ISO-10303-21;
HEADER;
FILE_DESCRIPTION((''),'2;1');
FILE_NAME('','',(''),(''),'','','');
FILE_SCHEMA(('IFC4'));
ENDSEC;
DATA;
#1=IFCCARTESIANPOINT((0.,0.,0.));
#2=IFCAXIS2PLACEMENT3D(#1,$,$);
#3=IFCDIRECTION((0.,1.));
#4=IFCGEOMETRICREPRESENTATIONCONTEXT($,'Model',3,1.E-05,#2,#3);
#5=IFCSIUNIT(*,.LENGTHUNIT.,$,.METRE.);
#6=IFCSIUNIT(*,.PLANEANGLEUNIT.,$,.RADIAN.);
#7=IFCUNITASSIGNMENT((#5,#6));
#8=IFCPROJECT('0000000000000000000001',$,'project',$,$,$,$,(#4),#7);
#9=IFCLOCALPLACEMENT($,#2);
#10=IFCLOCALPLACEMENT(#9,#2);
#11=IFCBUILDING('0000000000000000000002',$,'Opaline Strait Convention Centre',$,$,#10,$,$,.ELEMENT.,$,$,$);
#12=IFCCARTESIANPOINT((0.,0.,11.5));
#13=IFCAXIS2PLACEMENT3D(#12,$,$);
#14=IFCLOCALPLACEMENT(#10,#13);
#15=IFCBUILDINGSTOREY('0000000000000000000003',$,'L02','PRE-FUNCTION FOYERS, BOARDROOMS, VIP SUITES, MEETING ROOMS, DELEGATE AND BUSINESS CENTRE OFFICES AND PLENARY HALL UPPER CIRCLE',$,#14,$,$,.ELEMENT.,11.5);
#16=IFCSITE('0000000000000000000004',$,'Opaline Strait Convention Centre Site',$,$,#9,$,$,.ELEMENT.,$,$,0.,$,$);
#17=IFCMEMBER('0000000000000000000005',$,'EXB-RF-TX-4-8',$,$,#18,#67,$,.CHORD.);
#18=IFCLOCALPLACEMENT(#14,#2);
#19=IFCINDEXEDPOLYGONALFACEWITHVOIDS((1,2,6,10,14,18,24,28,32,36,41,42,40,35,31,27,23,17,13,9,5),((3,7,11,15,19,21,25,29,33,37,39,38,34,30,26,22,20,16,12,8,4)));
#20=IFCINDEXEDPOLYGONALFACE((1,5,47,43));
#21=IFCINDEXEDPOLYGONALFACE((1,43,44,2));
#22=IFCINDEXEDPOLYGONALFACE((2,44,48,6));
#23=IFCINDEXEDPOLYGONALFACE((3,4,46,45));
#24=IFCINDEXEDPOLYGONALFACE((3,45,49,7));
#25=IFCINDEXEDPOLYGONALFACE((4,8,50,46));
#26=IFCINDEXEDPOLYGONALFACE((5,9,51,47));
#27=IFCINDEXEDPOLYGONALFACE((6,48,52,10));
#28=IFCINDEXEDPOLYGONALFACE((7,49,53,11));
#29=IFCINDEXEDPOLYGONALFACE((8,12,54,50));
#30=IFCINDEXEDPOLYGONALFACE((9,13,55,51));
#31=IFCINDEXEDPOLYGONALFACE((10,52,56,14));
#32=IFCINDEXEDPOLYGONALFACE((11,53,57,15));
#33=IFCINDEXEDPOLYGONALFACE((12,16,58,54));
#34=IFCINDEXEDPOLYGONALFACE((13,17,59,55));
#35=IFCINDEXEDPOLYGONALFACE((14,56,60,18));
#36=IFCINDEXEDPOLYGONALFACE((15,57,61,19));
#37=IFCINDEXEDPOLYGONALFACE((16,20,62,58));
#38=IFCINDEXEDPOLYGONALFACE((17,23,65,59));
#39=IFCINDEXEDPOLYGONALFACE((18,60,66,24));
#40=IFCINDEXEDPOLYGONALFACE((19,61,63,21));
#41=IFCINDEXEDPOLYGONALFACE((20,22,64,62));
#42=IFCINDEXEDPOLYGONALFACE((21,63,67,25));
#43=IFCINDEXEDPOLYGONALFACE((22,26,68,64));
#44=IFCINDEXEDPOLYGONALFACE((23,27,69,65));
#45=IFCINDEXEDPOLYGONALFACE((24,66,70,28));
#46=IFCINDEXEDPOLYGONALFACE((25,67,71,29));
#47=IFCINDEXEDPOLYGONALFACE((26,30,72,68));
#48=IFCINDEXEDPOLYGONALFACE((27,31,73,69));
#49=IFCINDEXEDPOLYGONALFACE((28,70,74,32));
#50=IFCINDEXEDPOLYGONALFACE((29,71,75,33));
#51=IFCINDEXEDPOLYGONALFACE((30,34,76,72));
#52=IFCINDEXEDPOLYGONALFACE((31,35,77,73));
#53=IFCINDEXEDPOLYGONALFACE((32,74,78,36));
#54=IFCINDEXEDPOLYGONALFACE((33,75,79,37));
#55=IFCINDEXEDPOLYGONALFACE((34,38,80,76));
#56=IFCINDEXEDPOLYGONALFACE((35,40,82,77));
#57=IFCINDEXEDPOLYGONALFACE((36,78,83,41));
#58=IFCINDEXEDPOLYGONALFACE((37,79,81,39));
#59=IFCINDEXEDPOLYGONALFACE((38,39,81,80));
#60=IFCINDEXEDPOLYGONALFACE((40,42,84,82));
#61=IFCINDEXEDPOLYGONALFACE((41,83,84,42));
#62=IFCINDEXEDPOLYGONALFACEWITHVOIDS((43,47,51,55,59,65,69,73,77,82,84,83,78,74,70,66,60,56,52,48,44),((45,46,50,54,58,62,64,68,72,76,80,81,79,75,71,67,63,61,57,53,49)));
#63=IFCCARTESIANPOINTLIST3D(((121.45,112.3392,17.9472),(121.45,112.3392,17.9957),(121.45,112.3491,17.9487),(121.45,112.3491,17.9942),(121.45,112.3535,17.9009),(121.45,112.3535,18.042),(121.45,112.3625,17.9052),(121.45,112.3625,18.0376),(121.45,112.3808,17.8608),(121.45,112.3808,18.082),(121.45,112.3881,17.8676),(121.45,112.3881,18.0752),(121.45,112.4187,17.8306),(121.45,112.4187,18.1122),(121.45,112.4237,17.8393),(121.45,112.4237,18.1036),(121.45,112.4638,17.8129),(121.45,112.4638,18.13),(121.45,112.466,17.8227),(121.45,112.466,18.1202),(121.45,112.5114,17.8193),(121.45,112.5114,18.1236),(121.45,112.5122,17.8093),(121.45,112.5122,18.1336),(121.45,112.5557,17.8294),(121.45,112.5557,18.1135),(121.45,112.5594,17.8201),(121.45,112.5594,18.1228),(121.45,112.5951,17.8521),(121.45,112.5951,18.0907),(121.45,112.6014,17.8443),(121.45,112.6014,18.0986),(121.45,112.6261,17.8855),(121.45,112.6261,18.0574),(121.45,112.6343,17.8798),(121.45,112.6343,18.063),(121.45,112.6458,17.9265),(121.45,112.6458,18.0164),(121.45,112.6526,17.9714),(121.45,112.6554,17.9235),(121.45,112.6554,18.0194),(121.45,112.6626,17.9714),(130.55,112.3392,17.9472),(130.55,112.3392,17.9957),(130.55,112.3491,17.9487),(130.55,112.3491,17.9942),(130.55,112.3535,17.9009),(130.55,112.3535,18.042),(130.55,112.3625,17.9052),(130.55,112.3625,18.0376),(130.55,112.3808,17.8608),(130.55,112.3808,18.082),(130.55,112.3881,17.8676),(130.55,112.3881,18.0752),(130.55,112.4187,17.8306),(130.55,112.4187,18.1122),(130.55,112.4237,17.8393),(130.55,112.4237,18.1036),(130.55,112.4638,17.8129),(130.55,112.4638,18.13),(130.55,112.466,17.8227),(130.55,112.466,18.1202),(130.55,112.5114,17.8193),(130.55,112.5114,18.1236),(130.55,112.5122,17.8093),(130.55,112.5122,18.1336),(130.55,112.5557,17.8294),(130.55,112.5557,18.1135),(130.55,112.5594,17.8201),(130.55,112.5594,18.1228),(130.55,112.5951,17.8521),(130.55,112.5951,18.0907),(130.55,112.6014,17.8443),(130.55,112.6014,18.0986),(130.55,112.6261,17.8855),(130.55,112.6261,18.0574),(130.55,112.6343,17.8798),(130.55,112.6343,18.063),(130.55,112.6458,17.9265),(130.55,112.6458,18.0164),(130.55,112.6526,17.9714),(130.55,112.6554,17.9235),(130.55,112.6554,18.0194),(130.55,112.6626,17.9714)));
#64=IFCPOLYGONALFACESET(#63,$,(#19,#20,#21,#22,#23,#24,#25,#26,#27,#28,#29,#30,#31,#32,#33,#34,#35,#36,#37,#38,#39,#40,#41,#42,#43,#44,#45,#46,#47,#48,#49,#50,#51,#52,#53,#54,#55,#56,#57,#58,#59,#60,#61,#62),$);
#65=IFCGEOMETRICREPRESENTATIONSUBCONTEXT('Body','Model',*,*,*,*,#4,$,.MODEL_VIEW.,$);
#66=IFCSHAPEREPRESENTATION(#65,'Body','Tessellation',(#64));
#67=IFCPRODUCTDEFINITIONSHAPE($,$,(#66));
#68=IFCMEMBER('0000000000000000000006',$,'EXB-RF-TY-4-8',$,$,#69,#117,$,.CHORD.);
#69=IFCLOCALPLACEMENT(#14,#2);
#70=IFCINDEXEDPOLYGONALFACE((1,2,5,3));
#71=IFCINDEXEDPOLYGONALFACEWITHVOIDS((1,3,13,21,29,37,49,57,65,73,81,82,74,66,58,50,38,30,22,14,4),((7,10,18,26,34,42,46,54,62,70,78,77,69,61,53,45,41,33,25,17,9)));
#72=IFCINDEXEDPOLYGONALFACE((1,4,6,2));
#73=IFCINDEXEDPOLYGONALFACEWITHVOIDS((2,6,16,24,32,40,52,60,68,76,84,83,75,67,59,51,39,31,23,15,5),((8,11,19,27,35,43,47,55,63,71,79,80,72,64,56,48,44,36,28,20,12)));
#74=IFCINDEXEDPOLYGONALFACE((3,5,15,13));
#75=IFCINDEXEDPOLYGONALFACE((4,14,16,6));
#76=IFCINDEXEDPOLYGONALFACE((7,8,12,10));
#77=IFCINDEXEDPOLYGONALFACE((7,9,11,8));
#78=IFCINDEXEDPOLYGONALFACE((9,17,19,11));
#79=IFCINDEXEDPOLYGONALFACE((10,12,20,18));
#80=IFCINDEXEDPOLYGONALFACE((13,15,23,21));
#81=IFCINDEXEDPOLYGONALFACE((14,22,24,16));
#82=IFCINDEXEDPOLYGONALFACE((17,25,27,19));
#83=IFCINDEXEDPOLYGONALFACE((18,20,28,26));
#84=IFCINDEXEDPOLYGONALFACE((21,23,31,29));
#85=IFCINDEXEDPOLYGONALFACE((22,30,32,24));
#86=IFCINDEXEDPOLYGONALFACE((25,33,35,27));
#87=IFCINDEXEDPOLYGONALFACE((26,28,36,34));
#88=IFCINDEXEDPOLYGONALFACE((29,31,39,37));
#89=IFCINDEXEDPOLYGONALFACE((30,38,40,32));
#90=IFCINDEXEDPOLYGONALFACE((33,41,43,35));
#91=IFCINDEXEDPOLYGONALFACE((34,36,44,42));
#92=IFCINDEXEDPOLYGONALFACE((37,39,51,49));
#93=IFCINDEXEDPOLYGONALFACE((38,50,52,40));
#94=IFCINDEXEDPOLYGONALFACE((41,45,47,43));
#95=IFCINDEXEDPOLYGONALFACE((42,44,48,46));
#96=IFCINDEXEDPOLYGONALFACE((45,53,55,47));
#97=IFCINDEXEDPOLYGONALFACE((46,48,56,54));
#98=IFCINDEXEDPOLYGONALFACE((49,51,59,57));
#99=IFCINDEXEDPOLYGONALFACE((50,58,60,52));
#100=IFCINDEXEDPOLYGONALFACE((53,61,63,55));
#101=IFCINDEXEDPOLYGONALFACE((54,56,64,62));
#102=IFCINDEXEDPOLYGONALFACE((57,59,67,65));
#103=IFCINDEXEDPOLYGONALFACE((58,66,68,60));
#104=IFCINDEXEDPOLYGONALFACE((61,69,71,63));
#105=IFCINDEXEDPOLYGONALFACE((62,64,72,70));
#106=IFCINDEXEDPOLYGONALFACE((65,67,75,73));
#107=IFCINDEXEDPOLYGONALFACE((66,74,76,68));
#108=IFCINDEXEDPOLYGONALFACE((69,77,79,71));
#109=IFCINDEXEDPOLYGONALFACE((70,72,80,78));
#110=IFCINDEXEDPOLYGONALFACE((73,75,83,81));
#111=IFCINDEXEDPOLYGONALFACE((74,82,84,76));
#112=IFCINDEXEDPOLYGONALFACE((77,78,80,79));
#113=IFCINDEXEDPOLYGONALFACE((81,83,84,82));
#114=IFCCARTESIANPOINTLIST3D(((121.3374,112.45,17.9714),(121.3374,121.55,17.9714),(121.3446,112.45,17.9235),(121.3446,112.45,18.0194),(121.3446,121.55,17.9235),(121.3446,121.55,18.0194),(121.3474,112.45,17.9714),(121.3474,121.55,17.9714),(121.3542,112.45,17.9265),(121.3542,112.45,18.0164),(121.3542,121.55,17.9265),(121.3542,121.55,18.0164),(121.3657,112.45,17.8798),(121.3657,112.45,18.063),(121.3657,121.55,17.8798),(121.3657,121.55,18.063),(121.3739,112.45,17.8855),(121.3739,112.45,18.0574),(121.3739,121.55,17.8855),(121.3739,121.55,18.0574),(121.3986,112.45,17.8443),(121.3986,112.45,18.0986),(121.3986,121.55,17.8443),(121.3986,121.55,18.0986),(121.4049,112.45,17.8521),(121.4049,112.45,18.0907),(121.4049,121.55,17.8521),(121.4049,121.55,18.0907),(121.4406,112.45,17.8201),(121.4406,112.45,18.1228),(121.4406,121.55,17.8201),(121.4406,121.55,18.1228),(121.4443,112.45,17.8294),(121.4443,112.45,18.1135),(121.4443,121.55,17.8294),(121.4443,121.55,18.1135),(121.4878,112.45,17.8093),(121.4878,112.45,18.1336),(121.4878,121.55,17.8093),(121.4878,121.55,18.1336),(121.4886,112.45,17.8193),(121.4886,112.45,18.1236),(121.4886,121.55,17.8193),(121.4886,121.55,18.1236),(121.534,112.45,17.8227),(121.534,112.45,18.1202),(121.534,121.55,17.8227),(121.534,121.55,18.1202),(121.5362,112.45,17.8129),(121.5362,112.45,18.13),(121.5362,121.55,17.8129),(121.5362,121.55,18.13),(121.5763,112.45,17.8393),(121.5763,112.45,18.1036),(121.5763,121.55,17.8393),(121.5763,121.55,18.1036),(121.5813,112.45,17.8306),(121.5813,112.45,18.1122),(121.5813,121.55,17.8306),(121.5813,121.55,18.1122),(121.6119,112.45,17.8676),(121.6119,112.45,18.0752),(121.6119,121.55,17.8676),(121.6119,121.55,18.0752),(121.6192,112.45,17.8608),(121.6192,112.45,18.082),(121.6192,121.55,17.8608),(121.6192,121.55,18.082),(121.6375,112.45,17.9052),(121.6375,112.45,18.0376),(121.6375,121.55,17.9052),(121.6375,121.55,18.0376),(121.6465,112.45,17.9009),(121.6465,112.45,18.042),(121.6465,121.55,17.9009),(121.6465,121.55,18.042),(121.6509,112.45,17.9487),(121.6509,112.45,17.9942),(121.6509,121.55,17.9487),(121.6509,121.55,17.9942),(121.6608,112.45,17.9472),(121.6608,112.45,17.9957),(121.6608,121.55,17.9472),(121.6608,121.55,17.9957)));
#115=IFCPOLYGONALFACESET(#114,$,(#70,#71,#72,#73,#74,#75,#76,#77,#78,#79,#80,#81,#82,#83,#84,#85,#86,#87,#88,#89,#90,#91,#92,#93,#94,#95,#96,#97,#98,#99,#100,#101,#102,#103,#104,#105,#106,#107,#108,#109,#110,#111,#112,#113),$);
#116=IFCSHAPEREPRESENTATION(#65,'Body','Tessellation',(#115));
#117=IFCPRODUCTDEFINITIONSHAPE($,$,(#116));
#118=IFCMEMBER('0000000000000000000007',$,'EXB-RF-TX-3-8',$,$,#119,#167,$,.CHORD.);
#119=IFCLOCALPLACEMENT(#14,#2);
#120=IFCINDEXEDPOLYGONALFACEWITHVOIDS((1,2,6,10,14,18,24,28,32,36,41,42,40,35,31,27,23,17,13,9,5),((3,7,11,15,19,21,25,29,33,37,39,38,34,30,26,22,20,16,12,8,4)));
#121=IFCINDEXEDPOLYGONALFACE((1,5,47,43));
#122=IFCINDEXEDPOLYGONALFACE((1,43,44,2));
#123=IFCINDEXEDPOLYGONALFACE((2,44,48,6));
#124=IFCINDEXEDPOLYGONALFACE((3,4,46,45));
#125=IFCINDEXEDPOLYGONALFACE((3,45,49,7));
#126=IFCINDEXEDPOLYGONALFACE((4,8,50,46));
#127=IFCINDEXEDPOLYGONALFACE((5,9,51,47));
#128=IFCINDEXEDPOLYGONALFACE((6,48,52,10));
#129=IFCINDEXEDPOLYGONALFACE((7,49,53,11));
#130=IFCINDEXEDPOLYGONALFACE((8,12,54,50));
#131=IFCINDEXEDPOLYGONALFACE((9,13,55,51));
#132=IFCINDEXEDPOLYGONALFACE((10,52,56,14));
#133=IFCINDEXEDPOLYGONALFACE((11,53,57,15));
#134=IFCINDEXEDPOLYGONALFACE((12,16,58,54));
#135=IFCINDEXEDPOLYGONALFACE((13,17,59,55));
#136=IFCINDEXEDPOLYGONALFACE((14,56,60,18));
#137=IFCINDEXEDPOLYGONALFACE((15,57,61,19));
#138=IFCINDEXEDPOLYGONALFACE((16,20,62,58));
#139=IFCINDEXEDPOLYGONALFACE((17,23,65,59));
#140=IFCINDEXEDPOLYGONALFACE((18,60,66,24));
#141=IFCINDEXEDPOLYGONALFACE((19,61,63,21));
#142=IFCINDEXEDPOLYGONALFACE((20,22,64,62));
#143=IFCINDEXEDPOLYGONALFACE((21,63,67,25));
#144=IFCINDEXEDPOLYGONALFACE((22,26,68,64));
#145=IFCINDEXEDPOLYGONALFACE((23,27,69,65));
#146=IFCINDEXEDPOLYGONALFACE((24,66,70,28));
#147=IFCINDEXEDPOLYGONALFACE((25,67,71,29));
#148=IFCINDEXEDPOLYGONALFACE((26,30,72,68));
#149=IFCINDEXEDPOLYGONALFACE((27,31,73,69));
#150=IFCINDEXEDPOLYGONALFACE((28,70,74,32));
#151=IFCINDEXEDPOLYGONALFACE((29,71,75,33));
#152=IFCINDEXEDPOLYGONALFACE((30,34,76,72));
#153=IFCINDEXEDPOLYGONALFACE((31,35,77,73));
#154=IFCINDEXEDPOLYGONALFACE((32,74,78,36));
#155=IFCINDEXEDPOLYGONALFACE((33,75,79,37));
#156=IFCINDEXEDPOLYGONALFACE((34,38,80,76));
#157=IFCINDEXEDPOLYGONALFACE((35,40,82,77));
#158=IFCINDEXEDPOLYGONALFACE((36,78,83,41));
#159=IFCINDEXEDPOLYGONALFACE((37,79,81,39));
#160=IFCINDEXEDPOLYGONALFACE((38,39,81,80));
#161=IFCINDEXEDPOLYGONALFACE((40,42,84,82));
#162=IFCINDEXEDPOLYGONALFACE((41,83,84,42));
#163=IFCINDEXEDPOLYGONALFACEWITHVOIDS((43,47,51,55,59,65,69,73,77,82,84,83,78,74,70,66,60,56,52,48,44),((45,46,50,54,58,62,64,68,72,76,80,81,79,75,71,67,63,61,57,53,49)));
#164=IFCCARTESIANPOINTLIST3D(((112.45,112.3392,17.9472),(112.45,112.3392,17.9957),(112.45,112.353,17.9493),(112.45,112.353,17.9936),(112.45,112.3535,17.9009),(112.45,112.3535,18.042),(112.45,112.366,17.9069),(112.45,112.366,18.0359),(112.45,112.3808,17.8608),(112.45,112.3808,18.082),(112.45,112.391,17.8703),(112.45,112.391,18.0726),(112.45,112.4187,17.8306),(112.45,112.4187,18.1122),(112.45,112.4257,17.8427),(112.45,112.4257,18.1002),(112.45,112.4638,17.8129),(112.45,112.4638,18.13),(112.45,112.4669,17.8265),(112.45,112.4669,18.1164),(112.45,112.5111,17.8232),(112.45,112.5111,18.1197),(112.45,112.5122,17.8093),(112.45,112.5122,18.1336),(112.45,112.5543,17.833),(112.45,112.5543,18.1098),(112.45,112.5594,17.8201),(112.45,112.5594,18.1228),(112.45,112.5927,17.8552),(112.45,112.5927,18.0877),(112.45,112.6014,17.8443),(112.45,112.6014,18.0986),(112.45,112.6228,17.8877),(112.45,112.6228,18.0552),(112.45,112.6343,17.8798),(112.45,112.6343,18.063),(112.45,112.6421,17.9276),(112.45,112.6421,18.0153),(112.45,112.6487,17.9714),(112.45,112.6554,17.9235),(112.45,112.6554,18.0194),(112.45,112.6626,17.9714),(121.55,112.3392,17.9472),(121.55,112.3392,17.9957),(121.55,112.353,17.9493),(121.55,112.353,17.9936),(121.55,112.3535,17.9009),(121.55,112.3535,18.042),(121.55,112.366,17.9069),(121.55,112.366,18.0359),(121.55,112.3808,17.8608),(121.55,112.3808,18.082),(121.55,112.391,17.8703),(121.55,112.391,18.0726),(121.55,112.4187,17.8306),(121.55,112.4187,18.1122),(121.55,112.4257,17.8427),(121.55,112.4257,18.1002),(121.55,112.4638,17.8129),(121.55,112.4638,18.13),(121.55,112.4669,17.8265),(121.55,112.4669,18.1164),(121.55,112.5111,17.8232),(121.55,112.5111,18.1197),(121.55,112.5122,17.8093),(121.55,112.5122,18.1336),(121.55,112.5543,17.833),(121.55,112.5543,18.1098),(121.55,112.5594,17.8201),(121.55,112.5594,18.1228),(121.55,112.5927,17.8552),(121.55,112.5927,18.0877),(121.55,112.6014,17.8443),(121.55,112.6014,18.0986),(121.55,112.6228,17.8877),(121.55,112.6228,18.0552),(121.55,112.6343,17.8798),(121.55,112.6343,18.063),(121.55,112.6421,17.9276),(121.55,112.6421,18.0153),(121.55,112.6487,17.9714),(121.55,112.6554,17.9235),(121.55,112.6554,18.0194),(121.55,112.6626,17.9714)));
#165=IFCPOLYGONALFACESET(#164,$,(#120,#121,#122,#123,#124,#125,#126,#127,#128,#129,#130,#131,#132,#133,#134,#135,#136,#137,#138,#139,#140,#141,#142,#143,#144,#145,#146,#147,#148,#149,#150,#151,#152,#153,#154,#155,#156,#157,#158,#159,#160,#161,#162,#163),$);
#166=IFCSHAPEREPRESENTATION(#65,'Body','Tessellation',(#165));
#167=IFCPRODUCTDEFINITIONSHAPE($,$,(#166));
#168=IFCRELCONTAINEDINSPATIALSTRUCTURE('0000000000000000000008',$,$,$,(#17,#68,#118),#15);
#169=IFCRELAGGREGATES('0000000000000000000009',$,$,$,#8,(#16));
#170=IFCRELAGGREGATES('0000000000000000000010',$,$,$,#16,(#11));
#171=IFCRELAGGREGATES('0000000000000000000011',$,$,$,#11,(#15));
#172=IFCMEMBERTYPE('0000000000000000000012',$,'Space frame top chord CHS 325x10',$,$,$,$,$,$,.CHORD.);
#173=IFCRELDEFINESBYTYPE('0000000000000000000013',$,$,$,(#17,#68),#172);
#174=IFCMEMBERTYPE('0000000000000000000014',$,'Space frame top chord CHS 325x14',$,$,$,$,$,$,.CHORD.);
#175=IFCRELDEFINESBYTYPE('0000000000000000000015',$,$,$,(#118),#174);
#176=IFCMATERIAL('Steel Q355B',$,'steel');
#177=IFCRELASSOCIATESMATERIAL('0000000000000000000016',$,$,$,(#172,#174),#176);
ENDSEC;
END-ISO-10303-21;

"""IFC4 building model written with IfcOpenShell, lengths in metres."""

from ifc_helpers import new_model, si_unit, direction, frame, origin, origin_2d, place, context, subcontext, project, spatial, hollow_circle, extrude, material, material_profile, profile_set, type_object, element, save


model = new_model("IFC4")

# Units and contexts
model_context = context("Model", 3, precision=1e-05, world=origin(), true_north=direction((0.0, 1.0)))
body_context = subcontext(model_context, "Body", "Model", "MODEL_VIEW")
ifc_project = project(units=[si_unit("LENGTHUNIT", "METRE"), si_unit("PLANEANGLEUNIT", "RADIAN")], contexts=[model_context])

# Site, building, storey
site_placement = place(None, origin())
site = spatial("IfcSite", under=ifc_project, at=site_placement, Name="Opaline Strait Convention Centre Site", CompositionType="ELEMENT", RefElevation=0.0)
building_placement = place(site_placement, origin())
building = spatial("IfcBuilding", under=site, at=building_placement, Name="Opaline Strait Convention Centre", CompositionType="ELEMENT")
storey_placement = place(building_placement, frame((0.0, 0.0, 11.5)))
storey = spatial("IfcBuildingStorey", under=building, at=storey_placement, Name="L02", Description="PRE-FUNCTION FOYERS, BOARDROOMS, VIP SUITES, MEETING ROOMS, DELEGATE AND BUSINESS CENTRE OFFICES AND PLENARY HALL UPPER CIRCLE", CompositionType="ELEMENT", Elevation=11.5)

# Members
ifc_material = material(Name="Steel Q355B", Category="steel")
ifc_material_profile_1 = material_profile(ifc_material, hollow_circle(Radius=0.1626, WallThickness=0.01, at=origin_2d()), Name="CHS 325x10")
ifc_profile_set_1 = profile_set([ifc_material_profile_1], Name="Steel Q355B")
member_type_1 = type_object("IfcMemberType", Name="Space frame top chord CHS 325x10", PredefinedType="CHORD", material=ifc_profile_set_1)
for number, where, z_axis, x_axis, name in (
    (1, (121.45, 112.5, 17.9714), (1.0, 0.0, 0.0), (0.0, 1.0, 0.0), "EXB-RF-TX-4-8"),
    (2, (121.5, 112.45, 17.9714), (0.0, 1.0, 0.0), (-1.0, 0.0, 0.0), "EXB-RF-TY-4-8"),
):
    element("IfcMember", number, at=place(storey_placement, frame(where, z_axis=z_axis, x_axis=x_axis)), inside=storey, type_object=member_type_1, Name=name, PredefinedType="CHORD", context=body_context, shape_type="SweptSolid", body=[
        extrude(hollow_circle(Radius=0.1626, WallThickness=0.01, at=origin_2d()), origin(), (0.0, 0.0, 1.0), 9.1001),
    ])
ifc_material_profile_2 = material_profile(ifc_material, hollow_circle(Radius=0.1626, WallThickness=0.0139, at=origin_2d()), Name="CHS 325x14")
ifc_profile_set_2 = profile_set([ifc_material_profile_2], Name="Steel Q355B")
member_type_2 = type_object("IfcMemberType", Name="Space frame top chord CHS 325x14", PredefinedType="CHORD", material=ifc_profile_set_2)
for number, where, z_axis, x_axis, name in (
    (3, (112.45, 112.5, 17.9714), (1.0, 0.0, 0.0), (0.0, 1.0, 0.0), "EXB-RF-TX-3-8"),
):
    element("IfcMember", number, at=place(storey_placement, frame(where, z_axis=z_axis, x_axis=x_axis)), inside=storey, type_object=member_type_2, Name=name, PredefinedType="CHORD", context=body_context, shape_type="SweptSolid", body=[
        extrude(hollow_circle(Radius=0.1626, WallThickness=0.0139, at=origin_2d()), origin(), (0.0, 0.0, 1.0), 9.1001),
    ])

save(model, "model.ifc")
